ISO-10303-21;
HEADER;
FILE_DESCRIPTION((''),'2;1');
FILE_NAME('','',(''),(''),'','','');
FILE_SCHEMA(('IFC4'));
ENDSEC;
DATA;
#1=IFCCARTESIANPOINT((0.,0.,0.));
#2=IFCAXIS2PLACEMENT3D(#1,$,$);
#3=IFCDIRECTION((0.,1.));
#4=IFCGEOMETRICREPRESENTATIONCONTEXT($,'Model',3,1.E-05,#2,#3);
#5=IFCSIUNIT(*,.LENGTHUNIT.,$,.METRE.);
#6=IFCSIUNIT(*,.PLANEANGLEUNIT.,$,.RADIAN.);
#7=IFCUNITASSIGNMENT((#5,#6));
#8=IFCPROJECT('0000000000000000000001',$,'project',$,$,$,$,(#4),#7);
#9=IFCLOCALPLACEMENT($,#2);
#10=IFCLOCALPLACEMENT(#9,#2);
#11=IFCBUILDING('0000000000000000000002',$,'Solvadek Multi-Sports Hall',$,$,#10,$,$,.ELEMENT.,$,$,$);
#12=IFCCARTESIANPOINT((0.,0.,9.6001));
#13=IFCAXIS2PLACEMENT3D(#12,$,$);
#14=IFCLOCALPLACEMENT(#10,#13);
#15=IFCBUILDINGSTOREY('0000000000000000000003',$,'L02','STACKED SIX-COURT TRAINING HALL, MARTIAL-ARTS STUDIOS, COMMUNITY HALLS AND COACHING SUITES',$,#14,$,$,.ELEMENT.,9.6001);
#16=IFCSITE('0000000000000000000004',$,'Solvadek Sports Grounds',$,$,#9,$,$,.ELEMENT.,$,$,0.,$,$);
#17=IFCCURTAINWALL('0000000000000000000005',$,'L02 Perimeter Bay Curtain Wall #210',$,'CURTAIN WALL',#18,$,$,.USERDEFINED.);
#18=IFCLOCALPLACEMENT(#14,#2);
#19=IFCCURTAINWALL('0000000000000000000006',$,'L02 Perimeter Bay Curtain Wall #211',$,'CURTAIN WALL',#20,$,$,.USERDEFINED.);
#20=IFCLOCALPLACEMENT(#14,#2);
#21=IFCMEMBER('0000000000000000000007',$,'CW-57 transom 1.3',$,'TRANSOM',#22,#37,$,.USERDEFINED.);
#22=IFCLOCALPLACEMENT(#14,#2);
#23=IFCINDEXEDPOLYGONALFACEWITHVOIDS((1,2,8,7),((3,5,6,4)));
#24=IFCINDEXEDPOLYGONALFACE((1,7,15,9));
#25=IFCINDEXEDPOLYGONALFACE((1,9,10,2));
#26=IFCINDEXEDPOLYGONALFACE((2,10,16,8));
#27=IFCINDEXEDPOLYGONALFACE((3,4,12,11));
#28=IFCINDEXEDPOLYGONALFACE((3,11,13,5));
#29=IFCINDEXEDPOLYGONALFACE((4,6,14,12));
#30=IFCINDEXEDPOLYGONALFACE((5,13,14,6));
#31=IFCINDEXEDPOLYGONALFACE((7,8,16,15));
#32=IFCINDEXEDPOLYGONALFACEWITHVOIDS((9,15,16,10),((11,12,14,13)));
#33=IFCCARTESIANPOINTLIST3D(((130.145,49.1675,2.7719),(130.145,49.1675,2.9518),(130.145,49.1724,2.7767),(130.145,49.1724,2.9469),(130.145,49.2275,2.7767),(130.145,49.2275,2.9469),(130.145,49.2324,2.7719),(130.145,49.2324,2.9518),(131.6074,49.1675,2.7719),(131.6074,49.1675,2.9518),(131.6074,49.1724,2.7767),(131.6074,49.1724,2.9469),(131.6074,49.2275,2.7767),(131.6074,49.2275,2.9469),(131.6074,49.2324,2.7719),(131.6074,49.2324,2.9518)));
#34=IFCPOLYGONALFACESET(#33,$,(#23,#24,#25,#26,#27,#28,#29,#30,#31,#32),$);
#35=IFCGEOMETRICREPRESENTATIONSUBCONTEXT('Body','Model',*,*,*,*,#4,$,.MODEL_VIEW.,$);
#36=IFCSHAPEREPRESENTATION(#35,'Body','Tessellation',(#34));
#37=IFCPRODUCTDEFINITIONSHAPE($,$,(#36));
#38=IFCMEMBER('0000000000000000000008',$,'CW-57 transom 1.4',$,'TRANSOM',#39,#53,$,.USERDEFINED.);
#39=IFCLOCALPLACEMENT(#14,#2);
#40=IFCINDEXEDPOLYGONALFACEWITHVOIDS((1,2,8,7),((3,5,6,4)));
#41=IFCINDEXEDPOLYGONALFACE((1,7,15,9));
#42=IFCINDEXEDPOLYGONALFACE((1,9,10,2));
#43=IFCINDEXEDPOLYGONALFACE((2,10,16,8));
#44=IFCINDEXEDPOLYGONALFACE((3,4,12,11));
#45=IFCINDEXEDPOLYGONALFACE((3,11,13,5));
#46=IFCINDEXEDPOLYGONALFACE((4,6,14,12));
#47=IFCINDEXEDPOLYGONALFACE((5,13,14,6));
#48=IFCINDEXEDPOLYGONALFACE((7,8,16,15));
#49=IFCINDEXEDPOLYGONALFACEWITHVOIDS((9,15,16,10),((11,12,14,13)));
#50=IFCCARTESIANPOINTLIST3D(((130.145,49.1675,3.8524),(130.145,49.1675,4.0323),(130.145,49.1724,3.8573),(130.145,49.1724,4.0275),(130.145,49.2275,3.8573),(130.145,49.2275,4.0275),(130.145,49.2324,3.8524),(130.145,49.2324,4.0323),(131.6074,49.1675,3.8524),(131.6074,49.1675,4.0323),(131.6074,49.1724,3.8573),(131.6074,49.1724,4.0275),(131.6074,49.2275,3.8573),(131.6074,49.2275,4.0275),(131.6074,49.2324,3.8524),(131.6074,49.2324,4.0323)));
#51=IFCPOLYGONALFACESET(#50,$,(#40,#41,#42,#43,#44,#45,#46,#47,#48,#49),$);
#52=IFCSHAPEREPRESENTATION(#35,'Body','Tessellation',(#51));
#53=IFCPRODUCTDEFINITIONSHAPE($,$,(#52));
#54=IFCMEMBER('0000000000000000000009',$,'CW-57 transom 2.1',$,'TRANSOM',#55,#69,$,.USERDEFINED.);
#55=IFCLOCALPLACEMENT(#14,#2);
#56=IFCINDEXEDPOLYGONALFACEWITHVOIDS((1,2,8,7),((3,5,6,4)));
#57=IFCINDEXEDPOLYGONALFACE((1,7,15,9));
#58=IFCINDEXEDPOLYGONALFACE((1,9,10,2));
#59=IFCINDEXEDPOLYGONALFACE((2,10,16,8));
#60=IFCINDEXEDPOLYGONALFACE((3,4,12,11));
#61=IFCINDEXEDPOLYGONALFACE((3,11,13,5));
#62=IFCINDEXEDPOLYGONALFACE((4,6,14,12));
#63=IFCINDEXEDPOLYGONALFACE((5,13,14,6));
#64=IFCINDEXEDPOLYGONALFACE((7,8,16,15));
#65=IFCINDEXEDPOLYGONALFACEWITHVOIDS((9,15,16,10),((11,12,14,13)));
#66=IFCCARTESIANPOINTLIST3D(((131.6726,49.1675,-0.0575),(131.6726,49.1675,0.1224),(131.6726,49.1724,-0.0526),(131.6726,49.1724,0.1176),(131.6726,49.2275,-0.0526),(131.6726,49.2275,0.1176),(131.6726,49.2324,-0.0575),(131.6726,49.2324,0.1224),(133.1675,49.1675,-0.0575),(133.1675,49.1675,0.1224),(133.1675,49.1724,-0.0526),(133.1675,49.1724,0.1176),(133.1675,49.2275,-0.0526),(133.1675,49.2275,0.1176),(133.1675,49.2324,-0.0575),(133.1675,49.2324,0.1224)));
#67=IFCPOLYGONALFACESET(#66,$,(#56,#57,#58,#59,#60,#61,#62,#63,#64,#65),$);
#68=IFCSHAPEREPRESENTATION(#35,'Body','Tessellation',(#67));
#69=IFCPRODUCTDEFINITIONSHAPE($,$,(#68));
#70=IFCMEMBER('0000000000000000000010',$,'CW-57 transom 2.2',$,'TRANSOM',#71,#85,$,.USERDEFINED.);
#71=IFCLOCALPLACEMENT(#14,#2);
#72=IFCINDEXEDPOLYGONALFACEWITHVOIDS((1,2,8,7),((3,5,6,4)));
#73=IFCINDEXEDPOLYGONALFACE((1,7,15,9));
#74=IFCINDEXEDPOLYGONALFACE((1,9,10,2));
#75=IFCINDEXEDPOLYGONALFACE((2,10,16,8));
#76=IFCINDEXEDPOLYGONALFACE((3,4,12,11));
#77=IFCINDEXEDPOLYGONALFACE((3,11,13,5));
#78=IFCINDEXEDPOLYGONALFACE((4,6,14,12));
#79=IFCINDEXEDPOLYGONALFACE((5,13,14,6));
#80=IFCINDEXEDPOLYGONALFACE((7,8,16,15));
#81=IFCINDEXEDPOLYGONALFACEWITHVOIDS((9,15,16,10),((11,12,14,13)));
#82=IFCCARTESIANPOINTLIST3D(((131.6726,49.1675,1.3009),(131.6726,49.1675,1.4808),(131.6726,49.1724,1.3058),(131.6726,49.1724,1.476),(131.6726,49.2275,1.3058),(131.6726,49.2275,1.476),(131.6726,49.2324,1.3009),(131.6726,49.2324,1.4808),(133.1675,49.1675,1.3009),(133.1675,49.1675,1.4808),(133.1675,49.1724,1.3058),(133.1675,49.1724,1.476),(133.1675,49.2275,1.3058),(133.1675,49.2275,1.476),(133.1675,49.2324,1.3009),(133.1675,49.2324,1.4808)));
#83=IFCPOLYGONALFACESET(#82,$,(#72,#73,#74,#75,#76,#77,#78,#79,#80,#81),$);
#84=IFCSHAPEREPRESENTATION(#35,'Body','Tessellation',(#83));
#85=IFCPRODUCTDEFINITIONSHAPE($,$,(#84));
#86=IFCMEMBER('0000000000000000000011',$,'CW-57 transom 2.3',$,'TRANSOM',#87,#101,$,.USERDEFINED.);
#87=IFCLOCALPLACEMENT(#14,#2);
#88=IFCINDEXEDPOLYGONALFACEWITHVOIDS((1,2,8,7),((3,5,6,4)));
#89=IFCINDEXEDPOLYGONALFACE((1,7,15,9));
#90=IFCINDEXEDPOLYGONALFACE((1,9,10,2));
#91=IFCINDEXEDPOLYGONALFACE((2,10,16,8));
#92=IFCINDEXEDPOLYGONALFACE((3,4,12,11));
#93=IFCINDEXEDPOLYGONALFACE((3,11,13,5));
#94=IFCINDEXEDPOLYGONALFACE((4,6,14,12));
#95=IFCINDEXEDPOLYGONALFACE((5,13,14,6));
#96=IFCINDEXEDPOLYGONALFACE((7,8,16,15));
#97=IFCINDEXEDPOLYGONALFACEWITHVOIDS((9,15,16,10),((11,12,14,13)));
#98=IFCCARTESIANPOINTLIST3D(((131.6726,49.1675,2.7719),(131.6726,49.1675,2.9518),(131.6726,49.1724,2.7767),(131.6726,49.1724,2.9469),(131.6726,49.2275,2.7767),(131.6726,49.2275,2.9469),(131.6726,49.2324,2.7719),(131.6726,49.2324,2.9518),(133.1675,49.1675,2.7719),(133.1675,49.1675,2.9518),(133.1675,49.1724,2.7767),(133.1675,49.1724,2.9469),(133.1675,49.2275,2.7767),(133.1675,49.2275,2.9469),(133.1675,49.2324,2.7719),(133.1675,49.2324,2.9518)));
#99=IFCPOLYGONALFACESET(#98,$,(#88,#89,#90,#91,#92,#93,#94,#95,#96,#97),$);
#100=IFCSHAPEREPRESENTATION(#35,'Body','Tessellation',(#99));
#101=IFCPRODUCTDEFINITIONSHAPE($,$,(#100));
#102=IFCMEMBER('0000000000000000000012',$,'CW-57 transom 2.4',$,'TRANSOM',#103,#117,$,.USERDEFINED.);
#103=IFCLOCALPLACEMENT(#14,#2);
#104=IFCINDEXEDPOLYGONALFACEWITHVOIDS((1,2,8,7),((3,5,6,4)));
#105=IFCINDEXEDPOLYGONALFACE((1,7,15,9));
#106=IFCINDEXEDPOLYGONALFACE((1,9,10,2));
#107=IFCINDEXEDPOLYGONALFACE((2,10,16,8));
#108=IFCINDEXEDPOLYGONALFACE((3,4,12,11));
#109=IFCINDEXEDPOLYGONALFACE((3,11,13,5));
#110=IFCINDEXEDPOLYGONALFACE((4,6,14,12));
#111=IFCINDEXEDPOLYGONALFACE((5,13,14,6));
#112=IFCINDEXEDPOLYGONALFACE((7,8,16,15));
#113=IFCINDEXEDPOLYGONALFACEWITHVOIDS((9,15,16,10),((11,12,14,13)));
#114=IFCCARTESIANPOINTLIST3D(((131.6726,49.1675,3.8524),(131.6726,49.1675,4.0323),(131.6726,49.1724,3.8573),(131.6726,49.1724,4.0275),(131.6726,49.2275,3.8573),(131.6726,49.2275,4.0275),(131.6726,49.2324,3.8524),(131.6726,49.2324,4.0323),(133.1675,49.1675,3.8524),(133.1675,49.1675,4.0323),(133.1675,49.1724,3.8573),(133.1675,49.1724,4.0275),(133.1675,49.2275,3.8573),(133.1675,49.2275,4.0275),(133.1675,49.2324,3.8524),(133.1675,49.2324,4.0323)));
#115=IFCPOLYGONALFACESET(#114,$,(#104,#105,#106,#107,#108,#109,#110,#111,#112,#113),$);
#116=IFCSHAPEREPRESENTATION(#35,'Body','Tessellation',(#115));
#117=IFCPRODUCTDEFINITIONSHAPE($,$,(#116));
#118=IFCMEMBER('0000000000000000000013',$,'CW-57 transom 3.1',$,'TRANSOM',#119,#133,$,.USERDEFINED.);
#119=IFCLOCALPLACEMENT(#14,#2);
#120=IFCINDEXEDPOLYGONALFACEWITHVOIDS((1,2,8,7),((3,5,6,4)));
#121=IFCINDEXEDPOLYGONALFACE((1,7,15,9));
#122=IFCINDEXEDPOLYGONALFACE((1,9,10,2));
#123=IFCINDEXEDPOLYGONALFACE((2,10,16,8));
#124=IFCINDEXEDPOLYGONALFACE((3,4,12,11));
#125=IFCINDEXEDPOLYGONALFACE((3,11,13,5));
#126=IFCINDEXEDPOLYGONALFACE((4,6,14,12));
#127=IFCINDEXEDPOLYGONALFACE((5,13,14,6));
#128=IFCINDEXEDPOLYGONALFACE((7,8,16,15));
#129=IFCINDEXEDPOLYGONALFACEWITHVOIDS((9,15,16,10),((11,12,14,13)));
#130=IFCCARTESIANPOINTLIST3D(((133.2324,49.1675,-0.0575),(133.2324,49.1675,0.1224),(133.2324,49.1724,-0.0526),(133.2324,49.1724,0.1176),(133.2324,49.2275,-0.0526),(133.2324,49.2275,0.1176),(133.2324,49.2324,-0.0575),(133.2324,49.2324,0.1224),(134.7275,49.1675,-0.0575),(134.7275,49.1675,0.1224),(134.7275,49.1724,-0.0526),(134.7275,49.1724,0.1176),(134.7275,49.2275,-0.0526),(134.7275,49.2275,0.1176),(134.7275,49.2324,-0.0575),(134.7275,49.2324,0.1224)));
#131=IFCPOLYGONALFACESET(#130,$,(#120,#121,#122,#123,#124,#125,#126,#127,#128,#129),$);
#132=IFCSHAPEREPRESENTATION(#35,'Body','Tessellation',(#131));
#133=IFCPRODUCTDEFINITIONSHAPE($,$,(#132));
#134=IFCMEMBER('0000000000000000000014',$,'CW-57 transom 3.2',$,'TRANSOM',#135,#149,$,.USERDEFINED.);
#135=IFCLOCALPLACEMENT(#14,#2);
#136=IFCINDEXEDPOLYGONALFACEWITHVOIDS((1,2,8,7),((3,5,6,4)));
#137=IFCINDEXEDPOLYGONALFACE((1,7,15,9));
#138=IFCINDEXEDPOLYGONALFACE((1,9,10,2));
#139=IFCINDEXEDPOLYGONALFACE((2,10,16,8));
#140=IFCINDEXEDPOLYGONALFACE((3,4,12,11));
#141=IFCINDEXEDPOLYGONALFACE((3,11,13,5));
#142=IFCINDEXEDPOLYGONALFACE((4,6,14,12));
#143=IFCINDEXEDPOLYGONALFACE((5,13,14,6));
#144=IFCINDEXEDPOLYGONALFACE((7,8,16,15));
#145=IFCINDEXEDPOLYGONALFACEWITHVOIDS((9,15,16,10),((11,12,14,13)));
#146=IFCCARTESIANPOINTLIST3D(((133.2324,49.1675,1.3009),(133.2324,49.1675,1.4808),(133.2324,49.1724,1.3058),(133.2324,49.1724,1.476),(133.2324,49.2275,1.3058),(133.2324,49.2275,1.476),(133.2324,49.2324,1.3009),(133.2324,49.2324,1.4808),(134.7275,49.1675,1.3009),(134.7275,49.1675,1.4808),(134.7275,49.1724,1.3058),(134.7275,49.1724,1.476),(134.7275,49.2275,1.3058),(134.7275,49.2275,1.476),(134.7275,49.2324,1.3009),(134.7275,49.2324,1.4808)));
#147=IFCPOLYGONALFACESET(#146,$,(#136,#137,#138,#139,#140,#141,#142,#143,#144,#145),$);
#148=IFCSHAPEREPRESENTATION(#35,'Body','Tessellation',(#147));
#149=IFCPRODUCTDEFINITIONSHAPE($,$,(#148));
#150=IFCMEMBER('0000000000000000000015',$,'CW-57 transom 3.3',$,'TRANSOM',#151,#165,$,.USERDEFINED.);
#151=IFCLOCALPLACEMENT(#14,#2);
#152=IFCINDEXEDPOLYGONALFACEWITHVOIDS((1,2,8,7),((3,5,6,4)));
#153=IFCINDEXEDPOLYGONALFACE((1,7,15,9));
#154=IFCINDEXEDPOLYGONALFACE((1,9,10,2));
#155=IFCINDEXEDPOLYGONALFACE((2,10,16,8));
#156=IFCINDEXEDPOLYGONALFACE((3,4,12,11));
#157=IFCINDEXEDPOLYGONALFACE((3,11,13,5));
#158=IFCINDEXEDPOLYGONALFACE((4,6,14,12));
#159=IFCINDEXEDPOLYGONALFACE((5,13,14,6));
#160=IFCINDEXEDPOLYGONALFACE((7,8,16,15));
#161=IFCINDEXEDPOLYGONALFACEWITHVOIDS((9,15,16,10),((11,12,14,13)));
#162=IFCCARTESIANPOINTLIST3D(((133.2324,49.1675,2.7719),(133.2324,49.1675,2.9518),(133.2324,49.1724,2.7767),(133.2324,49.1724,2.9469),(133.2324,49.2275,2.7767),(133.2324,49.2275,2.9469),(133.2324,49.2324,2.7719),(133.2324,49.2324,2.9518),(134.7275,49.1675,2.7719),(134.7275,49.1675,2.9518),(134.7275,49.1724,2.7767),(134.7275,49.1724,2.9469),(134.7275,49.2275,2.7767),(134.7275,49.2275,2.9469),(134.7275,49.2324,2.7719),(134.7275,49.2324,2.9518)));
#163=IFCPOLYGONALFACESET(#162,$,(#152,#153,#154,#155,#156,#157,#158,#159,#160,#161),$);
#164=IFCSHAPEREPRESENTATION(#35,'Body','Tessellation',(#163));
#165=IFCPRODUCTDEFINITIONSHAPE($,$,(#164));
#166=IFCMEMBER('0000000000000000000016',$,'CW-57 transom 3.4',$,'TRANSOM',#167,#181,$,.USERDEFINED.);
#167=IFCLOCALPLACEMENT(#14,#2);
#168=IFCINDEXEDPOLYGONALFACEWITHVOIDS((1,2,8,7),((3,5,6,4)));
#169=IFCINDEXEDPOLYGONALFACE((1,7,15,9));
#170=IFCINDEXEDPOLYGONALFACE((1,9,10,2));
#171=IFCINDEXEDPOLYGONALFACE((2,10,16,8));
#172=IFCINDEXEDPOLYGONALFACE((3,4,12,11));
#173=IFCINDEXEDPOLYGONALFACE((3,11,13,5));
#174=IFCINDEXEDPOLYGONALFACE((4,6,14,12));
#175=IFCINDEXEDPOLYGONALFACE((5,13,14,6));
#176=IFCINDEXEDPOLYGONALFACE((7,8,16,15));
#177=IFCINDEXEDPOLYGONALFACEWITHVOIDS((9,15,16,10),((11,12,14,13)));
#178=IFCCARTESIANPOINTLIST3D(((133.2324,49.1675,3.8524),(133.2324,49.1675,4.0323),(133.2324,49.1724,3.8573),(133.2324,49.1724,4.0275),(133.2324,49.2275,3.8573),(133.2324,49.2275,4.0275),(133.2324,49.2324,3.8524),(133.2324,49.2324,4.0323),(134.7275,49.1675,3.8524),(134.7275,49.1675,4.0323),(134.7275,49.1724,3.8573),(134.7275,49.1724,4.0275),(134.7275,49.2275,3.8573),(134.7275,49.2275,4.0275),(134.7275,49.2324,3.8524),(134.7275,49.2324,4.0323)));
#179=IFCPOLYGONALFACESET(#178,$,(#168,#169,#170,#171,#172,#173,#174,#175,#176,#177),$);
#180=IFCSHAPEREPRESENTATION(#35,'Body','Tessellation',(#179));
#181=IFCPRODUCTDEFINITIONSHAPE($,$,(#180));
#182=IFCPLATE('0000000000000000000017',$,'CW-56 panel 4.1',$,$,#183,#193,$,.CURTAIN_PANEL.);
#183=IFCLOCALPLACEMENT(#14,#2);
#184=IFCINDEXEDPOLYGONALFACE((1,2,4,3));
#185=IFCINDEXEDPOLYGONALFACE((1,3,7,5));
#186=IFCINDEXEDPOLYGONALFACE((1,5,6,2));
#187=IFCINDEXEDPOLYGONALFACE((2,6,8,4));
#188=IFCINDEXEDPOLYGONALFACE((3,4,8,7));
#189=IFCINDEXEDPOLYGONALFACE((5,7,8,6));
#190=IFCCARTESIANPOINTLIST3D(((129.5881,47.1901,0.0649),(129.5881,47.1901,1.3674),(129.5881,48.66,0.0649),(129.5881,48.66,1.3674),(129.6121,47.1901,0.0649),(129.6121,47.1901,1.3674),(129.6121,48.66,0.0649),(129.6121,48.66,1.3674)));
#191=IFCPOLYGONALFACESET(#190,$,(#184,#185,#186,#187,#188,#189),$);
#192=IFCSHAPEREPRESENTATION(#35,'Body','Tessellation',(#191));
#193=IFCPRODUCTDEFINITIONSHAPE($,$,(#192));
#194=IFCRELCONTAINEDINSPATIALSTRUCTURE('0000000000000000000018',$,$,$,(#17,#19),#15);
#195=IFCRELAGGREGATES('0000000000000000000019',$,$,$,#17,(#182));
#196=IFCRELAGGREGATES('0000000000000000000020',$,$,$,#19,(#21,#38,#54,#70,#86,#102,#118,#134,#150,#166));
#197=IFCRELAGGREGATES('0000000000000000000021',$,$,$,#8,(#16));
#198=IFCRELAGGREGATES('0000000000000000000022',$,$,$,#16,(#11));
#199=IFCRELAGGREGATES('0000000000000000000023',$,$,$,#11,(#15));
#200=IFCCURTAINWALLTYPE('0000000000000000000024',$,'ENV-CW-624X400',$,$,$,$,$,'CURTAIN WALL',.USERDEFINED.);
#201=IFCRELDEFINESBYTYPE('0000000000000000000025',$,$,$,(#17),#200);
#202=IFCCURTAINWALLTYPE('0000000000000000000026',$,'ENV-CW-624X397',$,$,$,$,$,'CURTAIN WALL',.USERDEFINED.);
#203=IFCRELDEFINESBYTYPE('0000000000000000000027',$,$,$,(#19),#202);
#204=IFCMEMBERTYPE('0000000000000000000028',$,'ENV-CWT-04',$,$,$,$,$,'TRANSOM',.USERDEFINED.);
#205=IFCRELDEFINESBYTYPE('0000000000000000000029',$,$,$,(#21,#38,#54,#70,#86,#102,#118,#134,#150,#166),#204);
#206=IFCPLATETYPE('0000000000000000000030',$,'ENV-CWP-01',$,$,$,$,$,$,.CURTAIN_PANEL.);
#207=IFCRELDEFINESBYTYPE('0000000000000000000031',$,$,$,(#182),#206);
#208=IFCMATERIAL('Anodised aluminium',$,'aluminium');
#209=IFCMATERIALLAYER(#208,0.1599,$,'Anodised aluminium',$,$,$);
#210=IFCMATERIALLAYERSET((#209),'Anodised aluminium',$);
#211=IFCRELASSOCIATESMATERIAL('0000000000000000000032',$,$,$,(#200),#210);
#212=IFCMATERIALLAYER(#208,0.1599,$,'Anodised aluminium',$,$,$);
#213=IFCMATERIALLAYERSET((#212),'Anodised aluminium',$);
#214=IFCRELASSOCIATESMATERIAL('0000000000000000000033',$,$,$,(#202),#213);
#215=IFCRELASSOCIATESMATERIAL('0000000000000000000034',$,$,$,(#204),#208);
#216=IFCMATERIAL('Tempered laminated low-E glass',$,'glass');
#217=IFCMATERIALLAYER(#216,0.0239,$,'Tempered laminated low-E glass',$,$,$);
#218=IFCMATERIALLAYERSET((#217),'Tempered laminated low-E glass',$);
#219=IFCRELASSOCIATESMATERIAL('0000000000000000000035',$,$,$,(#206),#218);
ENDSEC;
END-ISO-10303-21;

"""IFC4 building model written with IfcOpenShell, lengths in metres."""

from ifc_helpers import new_model, si_unit, direction, frame, origin, origin_2d, place, context, subcontext, project, spatial, rectangle, hollow_rectangle, extrude, material, layer, layer_set, material_profile, profile_set, type_object, element, aggregate, save


model = new_model("IFC4")

# Units and contexts
model_context = context("Model", 3, precision=1e-05, world=origin(), true_north=direction((0.0, 1.0)))
body_context = subcontext(model_context, "Body", "Model", "MODEL_VIEW")
ifc_project = project(units=[si_unit("LENGTHUNIT", "METRE"), si_unit("PLANEANGLEUNIT", "RADIAN")], contexts=[model_context])

# Site, building, storey
site_placement = place(None, origin())
site = spatial("IfcSite", under=ifc_project, at=site_placement, Name="Solvadek Sports Grounds", CompositionType="ELEMENT", RefElevation=0.0)
building_placement = place(site_placement, origin())
building = spatial("IfcBuilding", under=site, at=building_placement, Name="Solvadek Multi-Sports Hall", CompositionType="ELEMENT")
storey_placement = place(building_placement, frame((0.0, 0.0, 9.6001)))
storey = spatial("IfcBuildingStorey", under=building, at=storey_placement, Name="L02", Description="STACKED SIX-COURT TRAINING HALL, MARTIAL-ARTS STUDIOS, COMMUNITY HALLS AND COACHING SUITES", CompositionType="ELEMENT", Elevation=9.6001)

# Curtain wall
ifc_material_1 = material(Name="Anodised aluminium", Category="aluminium")
ifc_layer_1 = layer(ifc_material_1, 0.1599, Name="Anodised aluminium")
ifc_layer_set_1 = layer_set([ifc_layer_1], Name="Anodised aluminium")
curtain_wall_type_1 = type_object("IfcCurtainWallType", Name="ENV-CW-624X400", ElementType="CURTAIN WALL", PredefinedType="USERDEFINED", material=ifc_layer_set_1)
curtain_wall_1_placement = place(storey_placement, origin())
curtain_wall_1 = element("IfcCurtainWall", 1, at=curtain_wall_1_placement, inside=storey, type_object=curtain_wall_type_1, Name="L02 Perimeter Bay Curtain Wall #210", ObjectType="CURTAIN WALL", PredefinedType="USERDEFINED")

# Curtain wall
ifc_layer_2 = layer(ifc_material_1, 0.1599, Name="Anodised aluminium")
ifc_layer_set_2 = layer_set([ifc_layer_2], Name="Anodised aluminium")
curtain_wall_type_2 = type_object("IfcCurtainWallType", Name="ENV-CW-624X397", ElementType="CURTAIN WALL", PredefinedType="USERDEFINED", material=ifc_layer_set_2)
curtain_wall_2_placement = place(storey_placement, origin())
curtain_wall_2 = element("IfcCurtainWall", 2, at=curtain_wall_2_placement, inside=storey, type_object=curtain_wall_type_2, Name="L02 Perimeter Bay Curtain Wall #211", ObjectType="CURTAIN WALL", PredefinedType="USERDEFINED")

# Members
ifc_material_profile_1 = material_profile(ifc_material_1, hollow_rectangle(XDim=0.0649, YDim=0.1799, WallThickness=0.0049, at=origin_2d()), Name="ALU-T 180x65x5")
ifc_profile_set_1 = profile_set([ifc_material_profile_1], Name="Anodised aluminium")
member_type_1 = type_object("IfcMemberType", Name="ENV-CWT-04", ElementType="TRANSOM", PredefinedType="USERDEFINED", material=ifc_profile_set_1)
member_1_placement = place(storey_placement, frame((130.145, 49.2, 2.8618), z_axis=(1.0, 0.0, 0.0), x_axis=(0.0, 1.0, 0.0)))
member_1 = element("IfcMember", 3, at=member_1_placement, type_object=member_type_1, Name="CW-57 transom 1.3", ObjectType="TRANSOM", PredefinedType="USERDEFINED", context=body_context, shape_type="SweptSolid", body=[
    extrude(hollow_rectangle(XDim=0.0649, YDim=0.1799, WallThickness=0.0049, at=origin_2d()), origin(), (0.0, 0.0, 1.0), 1.4624),
])
member_2_placement = place(storey_placement, frame((130.145, 49.2, 3.9424), z_axis=(1.0, 0.0, 0.0), x_axis=(0.0, 1.0, 0.0)))
member_2 = element("IfcMember", 4, at=member_2_placement, type_object=member_type_1, Name="CW-57 transom 1.4", ObjectType="TRANSOM", PredefinedType="USERDEFINED", context=body_context, shape_type="SweptSolid", body=[
    extrude(hollow_rectangle(XDim=0.0649, YDim=0.1799, WallThickness=0.0049, at=origin_2d()), origin(), (0.0, 0.0, 1.0), 1.4624),
])
member_3_placement = place(storey_placement, frame((131.6726, 49.2, 0.0325), z_axis=(1.0, 0.0, 0.0), x_axis=(0.0, 1.0, 0.0)))
member_3 = element("IfcMember", 5, at=member_3_placement, type_object=member_type_1, Name="CW-57 transom 2.1", ObjectType="TRANSOM", PredefinedType="USERDEFINED", context=body_context, shape_type="SweptSolid", body=[
    extrude(hollow_rectangle(XDim=0.0649, YDim=0.1799, WallThickness=0.0049, at=origin_2d()), origin(), (0.0, 0.0, 1.0), 1.4949),
])
member_4_placement = place(storey_placement, frame((131.6726, 49.2, 1.3909), z_axis=(1.0, 0.0, 0.0), x_axis=(0.0, 1.0, 0.0)))
member_4 = element("IfcMember", 6, at=member_4_placement, type_object=member_type_1, Name="CW-57 transom 2.2", ObjectType="TRANSOM", PredefinedType="USERDEFINED", context=body_context, shape_type="SweptSolid", body=[
    extrude(hollow_rectangle(XDim=0.0649, YDim=0.1799, WallThickness=0.0049, at=origin_2d()), origin(), (0.0, 0.0, 1.0), 1.4949),
])
member_5_placement = place(storey_placement, frame((131.6726, 49.2, 2.8618), z_axis=(1.0, 0.0, 0.0), x_axis=(0.0, 1.0, 0.0)))
member_5 = element("IfcMember", 7, at=member_5_placement, type_object=member_type_1, Name="CW-57 transom 2.3", ObjectType="TRANSOM", PredefinedType="USERDEFINED", context=body_context, shape_type="SweptSolid", body=[
    extrude(hollow_rectangle(XDim=0.0649, YDim=0.1799, WallThickness=0.0049, at=origin_2d()), origin(), (0.0, 0.0, 1.0), 1.4949),
])
member_6_placement = place(storey_placement, frame((131.6726, 49.2, 3.9424), z_axis=(1.0, 0.0, 0.0), x_axis=(0.0, 1.0, 0.0)))
member_6 = element("IfcMember", 8, at=member_6_placement, type_object=member_type_1, Name="CW-57 transom 2.4", ObjectType="TRANSOM", PredefinedType="USERDEFINED", context=body_context, shape_type="SweptSolid", body=[
    extrude(hollow_rectangle(XDim=0.0649, YDim=0.1799, WallThickness=0.0049, at=origin_2d()), origin(), (0.0, 0.0, 1.0), 1.4949),
])
member_7_placement = place(storey_placement, frame((133.2324, 49.2, 0.0325), z_axis=(1.0, 0.0, 0.0), x_axis=(0.0, 1.0, 0.0)))
member_7 = element("IfcMember", 9, at=member_7_placement, type_object=member_type_1, Name="CW-57 transom 3.1", ObjectType="TRANSOM", PredefinedType="USERDEFINED", context=body_context, shape_type="SweptSolid", body=[
    extrude(hollow_rectangle(XDim=0.0649, YDim=0.1799, WallThickness=0.0049, at=origin_2d()), origin(), (0.0, 0.0, 1.0), 1.4951),
])
member_8_placement = place(storey_placement, frame((133.2324, 49.2, 1.3909), z_axis=(1.0, 0.0, 0.0), x_axis=(0.0, 1.0, 0.0)))
member_8 = element("IfcMember", 10, at=member_8_placement, type_object=member_type_1, Name="CW-57 transom 3.2", ObjectType="TRANSOM", PredefinedType="USERDEFINED", context=body_context, shape_type="SweptSolid", body=[
    extrude(hollow_rectangle(XDim=0.0649, YDim=0.1799, WallThickness=0.0049, at=origin_2d()), origin(), (0.0, 0.0, 1.0), 1.4951),
])
member_9_placement = place(storey_placement, frame((133.2324, 49.2, 2.8618), z_axis=(1.0, 0.0, 0.0), x_axis=(0.0, 1.0, 0.0)))
member_9 = element("IfcMember", 11, at=member_9_placement, type_object=member_type_1, Name="CW-57 transom 3.3", ObjectType="TRANSOM", PredefinedType="USERDEFINED", context=body_context, shape_type="SweptSolid", body=[
    extrude(hollow_rectangle(XDim=0.0649, YDim=0.1799, WallThickness=0.0049, at=origin_2d()), origin(), (0.0, 0.0, 1.0), 1.4951),
])
member_10_placement = place(storey_placement, frame((133.2324, 49.2, 3.9424), z_axis=(1.0, 0.0, 0.0), x_axis=(0.0, 1.0, 0.0)))
member_10 = element("IfcMember", 12, at=member_10_placement, type_object=member_type_1, Name="CW-57 transom 3.4", ObjectType="TRANSOM", PredefinedType="USERDEFINED", context=body_context, shape_type="SweptSolid", body=[
    extrude(hollow_rectangle(XDim=0.0649, YDim=0.1799, WallThickness=0.0049, at=origin_2d()), origin(), (0.0, 0.0, 1.0), 1.4951),
])

# Plate
ifc_material_2 = material(Name="Tempered laminated low-E glass", Category="glass")
ifc_layer_3 = layer(ifc_material_2, 0.0239, Name="Tempered laminated low-E glass")
ifc_layer_set_3 = layer_set([ifc_layer_3], Name="Tempered laminated low-E glass")
plate_type_1 = type_object("IfcPlateType", Name="ENV-CWP-01", PredefinedType="CURTAIN_PANEL", material=ifc_layer_set_3)
plate_1_placement = place(storey_placement, frame((129.6001, 47.925, 0.0649), z_axis=(0.0, 0.0, 1.0), x_axis=(0.0, 1.0, 0.0)))
plate_1 = element("IfcPlate", 13, at=plate_1_placement, type_object=plate_type_1, Name="CW-56 panel 4.1", PredefinedType="CURTAIN_PANEL", context=body_context, shape_type="SweptSolid", body=[
    extrude(rectangle(XDim=1.47, YDim=0.0239, at=origin_2d()), origin(), (0.0, 0.0, 1.0), 1.3025),
])
aggregate(curtain_wall_1, [plate_1])
aggregate(curtain_wall_2, [member_1, member_2, member_3, member_4, member_5, member_6, member_7, member_8, member_9, member_10])

save(model, "model.ifc")
